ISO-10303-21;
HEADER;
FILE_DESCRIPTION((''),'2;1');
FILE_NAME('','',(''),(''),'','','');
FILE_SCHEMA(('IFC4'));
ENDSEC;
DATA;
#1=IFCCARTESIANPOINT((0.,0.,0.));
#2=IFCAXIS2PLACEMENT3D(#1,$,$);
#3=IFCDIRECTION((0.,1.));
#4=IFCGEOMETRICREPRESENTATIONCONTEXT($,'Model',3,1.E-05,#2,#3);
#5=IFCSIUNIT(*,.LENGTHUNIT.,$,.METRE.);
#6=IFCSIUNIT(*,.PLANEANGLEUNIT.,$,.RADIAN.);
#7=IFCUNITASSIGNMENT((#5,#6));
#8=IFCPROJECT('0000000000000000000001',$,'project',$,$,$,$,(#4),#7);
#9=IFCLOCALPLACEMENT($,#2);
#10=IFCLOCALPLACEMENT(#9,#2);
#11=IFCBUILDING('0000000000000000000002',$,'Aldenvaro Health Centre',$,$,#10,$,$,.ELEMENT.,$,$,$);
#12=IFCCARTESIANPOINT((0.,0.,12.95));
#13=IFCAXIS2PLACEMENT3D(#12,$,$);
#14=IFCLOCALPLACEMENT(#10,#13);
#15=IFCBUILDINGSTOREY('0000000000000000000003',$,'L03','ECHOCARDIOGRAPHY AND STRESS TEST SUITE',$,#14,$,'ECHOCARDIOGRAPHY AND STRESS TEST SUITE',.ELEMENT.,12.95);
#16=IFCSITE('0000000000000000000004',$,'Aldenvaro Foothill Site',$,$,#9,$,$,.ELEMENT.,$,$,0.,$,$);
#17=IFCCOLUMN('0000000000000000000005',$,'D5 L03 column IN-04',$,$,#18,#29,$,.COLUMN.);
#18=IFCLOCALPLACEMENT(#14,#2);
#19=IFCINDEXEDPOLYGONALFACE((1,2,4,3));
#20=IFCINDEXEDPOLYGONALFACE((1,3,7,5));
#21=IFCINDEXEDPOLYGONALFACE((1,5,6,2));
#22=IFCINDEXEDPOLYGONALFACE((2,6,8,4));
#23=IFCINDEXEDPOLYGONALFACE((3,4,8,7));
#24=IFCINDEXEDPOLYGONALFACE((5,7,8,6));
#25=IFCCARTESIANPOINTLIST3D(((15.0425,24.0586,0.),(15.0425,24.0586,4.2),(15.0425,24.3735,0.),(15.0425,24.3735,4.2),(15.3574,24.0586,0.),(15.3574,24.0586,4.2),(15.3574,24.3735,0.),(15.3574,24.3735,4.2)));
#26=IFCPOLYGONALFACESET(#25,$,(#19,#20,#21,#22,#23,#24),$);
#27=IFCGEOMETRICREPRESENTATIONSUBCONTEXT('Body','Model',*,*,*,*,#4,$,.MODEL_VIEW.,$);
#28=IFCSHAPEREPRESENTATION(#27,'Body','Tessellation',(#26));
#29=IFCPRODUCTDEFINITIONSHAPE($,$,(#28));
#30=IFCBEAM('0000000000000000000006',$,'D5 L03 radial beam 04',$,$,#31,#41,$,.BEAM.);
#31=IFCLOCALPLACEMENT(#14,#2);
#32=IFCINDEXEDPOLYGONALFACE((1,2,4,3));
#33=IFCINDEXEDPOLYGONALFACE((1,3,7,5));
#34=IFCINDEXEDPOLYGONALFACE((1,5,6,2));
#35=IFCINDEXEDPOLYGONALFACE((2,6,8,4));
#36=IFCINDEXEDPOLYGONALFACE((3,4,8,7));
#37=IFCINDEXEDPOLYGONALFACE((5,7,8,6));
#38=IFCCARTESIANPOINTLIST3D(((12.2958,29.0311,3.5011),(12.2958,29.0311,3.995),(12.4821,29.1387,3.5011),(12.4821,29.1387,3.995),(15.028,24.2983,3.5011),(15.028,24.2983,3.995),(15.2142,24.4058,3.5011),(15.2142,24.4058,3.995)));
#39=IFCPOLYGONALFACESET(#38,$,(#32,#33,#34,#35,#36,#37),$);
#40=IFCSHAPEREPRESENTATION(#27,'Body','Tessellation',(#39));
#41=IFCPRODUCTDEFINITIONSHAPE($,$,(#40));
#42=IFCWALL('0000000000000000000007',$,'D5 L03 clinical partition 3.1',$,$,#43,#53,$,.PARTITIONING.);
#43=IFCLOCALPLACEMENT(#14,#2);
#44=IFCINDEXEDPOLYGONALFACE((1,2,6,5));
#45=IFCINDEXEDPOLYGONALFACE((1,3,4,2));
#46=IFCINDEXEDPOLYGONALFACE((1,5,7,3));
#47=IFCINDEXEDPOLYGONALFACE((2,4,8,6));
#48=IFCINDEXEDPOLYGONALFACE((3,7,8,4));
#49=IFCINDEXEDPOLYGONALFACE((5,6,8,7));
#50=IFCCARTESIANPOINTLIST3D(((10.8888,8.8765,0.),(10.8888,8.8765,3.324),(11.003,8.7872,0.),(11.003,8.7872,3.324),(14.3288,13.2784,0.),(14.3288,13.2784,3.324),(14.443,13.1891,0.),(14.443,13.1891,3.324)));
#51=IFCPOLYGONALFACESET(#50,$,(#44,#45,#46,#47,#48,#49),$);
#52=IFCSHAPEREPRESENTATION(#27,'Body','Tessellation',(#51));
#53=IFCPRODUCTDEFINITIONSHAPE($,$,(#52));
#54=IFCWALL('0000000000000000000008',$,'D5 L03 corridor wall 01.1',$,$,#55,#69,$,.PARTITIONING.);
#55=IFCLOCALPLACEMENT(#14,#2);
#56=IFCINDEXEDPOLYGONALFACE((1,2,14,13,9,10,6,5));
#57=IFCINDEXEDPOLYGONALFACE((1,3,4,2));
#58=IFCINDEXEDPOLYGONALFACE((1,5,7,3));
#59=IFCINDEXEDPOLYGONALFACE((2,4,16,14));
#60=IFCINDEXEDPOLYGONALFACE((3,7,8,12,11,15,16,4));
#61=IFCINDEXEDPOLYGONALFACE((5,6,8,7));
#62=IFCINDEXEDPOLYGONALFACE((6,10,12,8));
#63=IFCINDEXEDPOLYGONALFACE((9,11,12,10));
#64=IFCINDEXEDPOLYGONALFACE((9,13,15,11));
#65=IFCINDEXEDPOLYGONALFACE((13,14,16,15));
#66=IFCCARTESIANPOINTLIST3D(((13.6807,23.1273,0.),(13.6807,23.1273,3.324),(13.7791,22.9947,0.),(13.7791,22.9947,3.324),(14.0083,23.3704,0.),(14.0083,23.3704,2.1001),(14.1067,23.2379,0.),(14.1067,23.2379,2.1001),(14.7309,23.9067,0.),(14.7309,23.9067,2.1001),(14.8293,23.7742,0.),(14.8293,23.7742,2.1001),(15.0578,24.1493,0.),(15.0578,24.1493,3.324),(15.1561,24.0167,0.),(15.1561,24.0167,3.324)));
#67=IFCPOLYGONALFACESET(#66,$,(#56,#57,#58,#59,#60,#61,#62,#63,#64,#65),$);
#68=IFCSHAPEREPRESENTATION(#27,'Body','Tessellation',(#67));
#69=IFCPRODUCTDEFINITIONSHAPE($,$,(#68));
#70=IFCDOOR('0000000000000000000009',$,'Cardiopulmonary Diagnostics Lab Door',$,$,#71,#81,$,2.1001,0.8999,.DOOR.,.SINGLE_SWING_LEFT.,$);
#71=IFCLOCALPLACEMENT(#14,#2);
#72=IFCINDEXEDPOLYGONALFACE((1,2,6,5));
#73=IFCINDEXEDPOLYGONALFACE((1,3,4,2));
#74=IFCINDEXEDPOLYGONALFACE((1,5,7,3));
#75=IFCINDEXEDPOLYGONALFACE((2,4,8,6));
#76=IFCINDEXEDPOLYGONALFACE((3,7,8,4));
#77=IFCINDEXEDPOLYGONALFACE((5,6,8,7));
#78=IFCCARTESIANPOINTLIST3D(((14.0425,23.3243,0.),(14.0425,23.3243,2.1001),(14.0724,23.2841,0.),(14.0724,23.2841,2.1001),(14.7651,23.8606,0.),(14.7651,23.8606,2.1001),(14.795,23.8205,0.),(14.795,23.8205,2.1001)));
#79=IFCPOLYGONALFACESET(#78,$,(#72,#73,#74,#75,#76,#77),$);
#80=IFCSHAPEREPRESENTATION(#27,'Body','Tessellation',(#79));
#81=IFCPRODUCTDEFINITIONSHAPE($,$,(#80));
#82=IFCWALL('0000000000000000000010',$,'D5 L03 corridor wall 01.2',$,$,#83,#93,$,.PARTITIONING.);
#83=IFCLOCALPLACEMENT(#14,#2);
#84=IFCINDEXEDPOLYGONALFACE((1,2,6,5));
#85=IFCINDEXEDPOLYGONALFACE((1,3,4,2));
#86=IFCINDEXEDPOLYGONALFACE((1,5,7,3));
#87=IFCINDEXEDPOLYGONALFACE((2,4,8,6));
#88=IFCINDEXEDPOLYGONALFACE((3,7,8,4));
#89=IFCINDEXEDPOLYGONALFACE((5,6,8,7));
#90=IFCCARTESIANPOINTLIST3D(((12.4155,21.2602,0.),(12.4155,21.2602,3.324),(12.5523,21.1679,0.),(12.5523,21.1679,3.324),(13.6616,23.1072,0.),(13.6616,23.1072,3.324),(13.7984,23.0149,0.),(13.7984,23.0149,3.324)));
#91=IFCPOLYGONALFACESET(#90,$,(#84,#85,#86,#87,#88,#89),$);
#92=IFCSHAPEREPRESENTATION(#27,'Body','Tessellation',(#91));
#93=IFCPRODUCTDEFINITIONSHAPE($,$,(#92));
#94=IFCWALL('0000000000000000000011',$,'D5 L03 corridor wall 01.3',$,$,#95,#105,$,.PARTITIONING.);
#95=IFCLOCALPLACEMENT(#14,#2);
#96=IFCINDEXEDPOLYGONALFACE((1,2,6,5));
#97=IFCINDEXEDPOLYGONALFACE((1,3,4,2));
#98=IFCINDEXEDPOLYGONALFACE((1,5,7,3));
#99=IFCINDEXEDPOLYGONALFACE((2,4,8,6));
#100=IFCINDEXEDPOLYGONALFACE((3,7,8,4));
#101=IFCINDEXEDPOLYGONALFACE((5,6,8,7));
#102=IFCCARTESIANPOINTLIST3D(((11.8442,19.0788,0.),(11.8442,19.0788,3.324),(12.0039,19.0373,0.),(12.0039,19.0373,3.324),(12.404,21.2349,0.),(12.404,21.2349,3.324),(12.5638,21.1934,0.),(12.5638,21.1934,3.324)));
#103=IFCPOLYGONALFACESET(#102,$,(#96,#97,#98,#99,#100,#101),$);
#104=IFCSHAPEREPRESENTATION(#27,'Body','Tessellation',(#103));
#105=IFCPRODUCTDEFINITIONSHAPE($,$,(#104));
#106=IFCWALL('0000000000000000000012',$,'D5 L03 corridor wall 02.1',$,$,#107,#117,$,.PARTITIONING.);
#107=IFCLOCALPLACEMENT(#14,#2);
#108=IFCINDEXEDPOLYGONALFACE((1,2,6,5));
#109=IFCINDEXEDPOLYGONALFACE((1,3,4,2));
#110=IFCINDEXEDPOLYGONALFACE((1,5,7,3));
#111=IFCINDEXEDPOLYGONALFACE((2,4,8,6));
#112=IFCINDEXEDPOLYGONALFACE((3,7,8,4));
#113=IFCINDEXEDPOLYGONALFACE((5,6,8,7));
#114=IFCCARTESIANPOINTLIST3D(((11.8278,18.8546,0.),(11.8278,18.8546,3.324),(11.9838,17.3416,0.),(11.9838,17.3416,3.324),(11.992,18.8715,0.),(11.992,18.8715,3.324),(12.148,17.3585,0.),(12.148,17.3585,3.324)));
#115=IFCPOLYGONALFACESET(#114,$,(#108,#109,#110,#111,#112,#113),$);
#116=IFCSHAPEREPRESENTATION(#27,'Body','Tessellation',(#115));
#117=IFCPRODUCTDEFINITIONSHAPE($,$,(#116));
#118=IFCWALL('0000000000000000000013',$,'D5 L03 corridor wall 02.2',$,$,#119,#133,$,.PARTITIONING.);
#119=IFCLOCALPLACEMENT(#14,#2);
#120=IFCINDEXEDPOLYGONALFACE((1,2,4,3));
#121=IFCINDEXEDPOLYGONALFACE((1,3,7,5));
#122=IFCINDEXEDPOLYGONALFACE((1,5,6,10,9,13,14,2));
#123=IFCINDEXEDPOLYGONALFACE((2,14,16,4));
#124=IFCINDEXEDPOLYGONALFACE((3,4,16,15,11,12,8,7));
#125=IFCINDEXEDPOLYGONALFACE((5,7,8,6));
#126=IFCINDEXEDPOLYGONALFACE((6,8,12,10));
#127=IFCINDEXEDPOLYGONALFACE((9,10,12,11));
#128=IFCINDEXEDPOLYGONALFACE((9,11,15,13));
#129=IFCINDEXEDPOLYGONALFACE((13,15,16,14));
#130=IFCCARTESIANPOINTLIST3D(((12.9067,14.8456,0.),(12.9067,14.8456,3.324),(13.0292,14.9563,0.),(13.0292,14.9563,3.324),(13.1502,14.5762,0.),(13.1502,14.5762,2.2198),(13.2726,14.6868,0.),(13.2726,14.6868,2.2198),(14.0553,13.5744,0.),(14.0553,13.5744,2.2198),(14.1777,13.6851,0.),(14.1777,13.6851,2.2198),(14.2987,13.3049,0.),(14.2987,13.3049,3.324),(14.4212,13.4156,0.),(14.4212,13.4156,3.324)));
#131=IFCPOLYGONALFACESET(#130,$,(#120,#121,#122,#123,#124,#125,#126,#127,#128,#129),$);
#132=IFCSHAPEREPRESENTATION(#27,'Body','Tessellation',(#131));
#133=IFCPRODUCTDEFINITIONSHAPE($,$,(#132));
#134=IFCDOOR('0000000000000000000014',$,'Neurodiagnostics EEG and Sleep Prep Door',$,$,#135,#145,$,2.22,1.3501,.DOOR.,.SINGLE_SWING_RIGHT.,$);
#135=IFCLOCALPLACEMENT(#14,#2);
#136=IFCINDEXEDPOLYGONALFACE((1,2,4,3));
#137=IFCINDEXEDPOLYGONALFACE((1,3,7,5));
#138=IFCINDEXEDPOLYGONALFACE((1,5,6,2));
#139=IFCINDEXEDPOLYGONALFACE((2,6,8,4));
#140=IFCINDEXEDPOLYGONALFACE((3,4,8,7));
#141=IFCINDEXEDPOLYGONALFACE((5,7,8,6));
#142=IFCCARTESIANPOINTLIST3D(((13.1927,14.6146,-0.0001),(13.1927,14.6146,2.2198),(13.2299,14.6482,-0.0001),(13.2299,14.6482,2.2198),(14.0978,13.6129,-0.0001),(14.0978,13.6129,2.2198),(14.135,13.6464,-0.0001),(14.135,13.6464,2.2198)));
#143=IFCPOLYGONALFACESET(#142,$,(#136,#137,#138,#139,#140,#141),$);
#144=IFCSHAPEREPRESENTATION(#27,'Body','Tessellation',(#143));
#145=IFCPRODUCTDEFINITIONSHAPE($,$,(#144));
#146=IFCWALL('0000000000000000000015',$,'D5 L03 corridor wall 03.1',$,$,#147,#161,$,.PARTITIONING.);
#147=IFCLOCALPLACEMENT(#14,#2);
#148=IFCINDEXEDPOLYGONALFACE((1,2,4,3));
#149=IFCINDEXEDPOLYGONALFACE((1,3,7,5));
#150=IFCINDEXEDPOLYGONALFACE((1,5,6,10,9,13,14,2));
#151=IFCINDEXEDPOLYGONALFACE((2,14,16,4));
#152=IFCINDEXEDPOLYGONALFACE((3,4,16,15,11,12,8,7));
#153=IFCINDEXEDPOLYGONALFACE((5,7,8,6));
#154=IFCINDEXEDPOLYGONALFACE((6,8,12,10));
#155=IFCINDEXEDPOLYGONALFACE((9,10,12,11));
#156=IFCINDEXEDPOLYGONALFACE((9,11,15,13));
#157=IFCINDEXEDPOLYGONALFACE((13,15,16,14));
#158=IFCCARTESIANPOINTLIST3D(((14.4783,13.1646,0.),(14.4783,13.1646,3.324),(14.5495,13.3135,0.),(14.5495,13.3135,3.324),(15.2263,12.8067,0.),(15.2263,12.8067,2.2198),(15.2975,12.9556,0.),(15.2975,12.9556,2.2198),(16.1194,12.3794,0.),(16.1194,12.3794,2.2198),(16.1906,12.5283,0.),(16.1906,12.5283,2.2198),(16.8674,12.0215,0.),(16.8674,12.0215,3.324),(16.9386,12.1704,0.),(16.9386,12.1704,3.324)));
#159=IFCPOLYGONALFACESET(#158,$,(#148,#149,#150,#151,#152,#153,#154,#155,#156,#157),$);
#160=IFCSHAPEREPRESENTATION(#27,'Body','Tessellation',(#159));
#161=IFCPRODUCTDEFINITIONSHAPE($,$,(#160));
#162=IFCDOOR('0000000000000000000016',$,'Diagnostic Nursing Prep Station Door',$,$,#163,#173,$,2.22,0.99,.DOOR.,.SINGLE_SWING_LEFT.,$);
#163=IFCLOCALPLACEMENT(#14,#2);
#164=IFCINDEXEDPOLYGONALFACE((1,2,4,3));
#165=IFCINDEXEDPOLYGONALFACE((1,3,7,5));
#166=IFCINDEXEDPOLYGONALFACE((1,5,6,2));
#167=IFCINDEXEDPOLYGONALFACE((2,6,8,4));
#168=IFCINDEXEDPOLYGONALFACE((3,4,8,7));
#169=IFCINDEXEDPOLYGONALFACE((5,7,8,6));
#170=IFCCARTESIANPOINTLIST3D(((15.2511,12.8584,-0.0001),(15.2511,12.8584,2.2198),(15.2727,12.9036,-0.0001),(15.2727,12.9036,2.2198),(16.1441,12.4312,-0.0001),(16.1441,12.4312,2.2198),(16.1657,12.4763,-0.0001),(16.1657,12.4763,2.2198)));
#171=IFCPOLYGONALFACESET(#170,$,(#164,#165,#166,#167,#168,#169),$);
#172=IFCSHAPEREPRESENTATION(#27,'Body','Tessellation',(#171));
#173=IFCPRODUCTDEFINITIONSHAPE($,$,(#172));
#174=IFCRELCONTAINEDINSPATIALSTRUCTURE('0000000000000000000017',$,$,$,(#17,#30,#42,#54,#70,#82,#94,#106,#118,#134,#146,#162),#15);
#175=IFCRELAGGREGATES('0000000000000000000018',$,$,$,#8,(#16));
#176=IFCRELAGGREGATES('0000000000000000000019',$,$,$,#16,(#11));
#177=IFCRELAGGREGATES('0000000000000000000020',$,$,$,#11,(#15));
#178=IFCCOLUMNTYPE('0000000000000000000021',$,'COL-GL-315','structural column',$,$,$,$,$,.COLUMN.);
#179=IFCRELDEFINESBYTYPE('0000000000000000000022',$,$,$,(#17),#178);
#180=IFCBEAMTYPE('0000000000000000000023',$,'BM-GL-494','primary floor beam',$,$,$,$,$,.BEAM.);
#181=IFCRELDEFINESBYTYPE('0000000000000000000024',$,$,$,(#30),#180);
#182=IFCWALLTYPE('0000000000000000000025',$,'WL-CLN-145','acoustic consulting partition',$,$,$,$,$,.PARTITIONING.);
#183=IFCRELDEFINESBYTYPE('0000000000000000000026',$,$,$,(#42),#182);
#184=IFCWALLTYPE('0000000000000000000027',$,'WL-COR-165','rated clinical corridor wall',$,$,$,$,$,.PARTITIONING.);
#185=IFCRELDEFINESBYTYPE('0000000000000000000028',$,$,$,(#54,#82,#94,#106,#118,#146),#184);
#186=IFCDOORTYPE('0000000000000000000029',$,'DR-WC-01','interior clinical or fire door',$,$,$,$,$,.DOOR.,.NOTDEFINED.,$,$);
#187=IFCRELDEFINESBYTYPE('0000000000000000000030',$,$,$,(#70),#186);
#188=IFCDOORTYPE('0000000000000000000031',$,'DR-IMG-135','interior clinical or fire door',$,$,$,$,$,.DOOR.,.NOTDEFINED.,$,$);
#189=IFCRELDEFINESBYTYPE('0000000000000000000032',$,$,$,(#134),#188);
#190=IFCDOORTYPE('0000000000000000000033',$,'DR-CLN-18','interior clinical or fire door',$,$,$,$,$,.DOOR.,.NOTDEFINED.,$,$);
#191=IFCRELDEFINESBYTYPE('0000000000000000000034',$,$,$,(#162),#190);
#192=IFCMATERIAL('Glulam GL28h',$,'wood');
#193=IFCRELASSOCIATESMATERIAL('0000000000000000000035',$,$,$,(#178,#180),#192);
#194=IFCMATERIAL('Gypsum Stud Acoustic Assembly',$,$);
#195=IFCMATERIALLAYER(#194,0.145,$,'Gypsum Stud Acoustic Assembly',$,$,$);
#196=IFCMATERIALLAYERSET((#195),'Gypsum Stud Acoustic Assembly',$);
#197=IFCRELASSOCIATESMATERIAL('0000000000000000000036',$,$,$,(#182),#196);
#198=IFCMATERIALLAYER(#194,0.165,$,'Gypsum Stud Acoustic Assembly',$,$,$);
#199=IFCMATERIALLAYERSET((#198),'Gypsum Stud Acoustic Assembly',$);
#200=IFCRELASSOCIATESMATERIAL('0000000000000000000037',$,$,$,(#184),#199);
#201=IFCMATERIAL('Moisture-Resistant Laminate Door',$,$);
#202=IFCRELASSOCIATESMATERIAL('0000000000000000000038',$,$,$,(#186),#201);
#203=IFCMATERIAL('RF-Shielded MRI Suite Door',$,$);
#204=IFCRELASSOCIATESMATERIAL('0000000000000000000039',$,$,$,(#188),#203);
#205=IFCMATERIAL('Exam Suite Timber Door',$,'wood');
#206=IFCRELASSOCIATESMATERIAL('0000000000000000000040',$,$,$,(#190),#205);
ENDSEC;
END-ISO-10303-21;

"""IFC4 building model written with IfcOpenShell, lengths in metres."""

from ifc_helpers import new_model, si_unit, direction, frame, frame_2d, origin, origin_2d, place, context, subcontext, project, spatial, rectangle, extrude, material, layer, layer_set, material_profile, profile_set, type_object, element, fill, save


model = new_model("IFC4")

# Units and contexts
model_context = context("Model", 3, precision=1e-05, world=origin(), true_north=direction((0.0, 1.0)))
body_context = subcontext(model_context, "Body", "Model", "MODEL_VIEW")
ifc_project = project(units=[si_unit("LENGTHUNIT", "METRE"), si_unit("PLANEANGLEUNIT", "RADIAN")], contexts=[model_context])

# Site, building, storey
site_placement = place(None, origin())
site = spatial("IfcSite", under=ifc_project, at=site_placement, Name="Aldenvaro Foothill Site", CompositionType="ELEMENT", RefElevation=0.0)
building_placement = place(site_placement, origin())
building = spatial("IfcBuilding", under=site, at=building_placement, Name="Aldenvaro Health Centre", CompositionType="ELEMENT")
storey_placement = place(building_placement, frame((0.0, 0.0, 12.95)))
storey = spatial("IfcBuildingStorey", under=building, at=storey_placement, Name="L03", Description="ECHOCARDIOGRAPHY AND STRESS TEST SUITE", LongName="ECHOCARDIOGRAPHY AND STRESS TEST SUITE", CompositionType="ELEMENT", Elevation=12.95)

# Column
ifc_material_1 = material(Name="Glulam GL28h", Category="wood")
ifc_material_profile_1 = material_profile(ifc_material_1, rectangle(XDim=0.3149, YDim=0.3149, at=origin_2d()), Name="GL 315x315", Category="wood")
ifc_profile_set_1 = profile_set([ifc_material_profile_1], Name="Glulam GL28h")
column_type = type_object("IfcColumnType", Name="COL-GL-315", Description="structural column", PredefinedType="COLUMN", material=ifc_profile_set_1)
column_placement = place(storey_placement, frame((15.2, 24.2161, 0.0), z_axis=(0.0, 0.0, 1.0), x_axis=(1.0, 0.0, 0.0)))
element("IfcColumn", 1, at=column_placement, inside=storey, type_object=column_type, Name="D5 L03 column IN-04", PredefinedType="COLUMN", context=body_context, shape_type="SweptSolid", body=[
    extrude(rectangle(XDim=0.3149, YDim=0.3149, at=origin_2d()), origin(), (0.0, 0.0, 1.0), 4.2),
])

# Beam
ifc_material_profile_2 = material_profile(ifc_material_1, rectangle(XDim=0.2151, YDim=0.4939, at=origin_2d()), Name="GL 215x494", Category="wood")
ifc_profile_set_2 = profile_set([ifc_material_profile_2], Name="Glulam GL28h")
beam_type = type_object("IfcBeamType", Name="BM-GL-494", Description="primary floor beam", PredefinedType="BEAM", material=ifc_profile_set_2)
beam_placement = place(storey_placement, frame((15.1211, 24.3521, 3.748), z_axis=(-0.499949, 0.866055, 0.0), x_axis=(-0.866055, -0.499949, 0.0)))
element("IfcBeam", 2, at=beam_placement, inside=storey, type_object=beam_type, Name="D5 L03 radial beam 04", PredefinedType="BEAM", context=body_context, shape_type="SweptSolid", body=[
    extrude(rectangle(XDim=0.2151, YDim=0.4939, at=origin_2d()), origin(), (0.0, 0.0, 1.0), 5.4648),
])

# Wall
ifc_material_2 = material(Name="Gypsum Stud Acoustic Assembly")
ifc_layer_1 = layer(ifc_material_2, 0.145, Name="Gypsum Stud Acoustic Assembly")
ifc_layer_set_1 = layer_set([ifc_layer_1], Name="Gypsum Stud Acoustic Assembly")
wall_type_1 = type_object("IfcWallType", Name="WL-CLN-145", Description="acoustic consulting partition", PredefinedType="PARTITIONING", material=ifc_layer_set_1)
wall_1_placement = place(storey_placement, frame((14.386, 13.2339, 0.0), z_axis=(0.0, 0.0, 1.0), x_axis=(-0.615754, -0.787938, 0.0)))
element("IfcWall", 3, at=wall_1_placement, inside=storey, type_object=wall_type_1, Name="D5 L03 clinical partition 3.1", PredefinedType="PARTITIONING", context=body_context, shape_type="SweptSolid", body=[
    extrude(rectangle(XDim=5.5867, YDim=0.145, at=frame_2d((2.7935, 0.0))), origin(), (0.0, 0.0, 1.0), 3.324),
])

# Wall, opening, door
ifc_layer_2 = layer(ifc_material_2, 0.165, Name="Gypsum Stud Acoustic Assembly")
ifc_layer_set_2 = layer_set([ifc_layer_2], Name="Gypsum Stud Acoustic Assembly")
wall_type_2 = type_object("IfcWallType", Name="WL-COR-165", Description="rated clinical corridor wall", PredefinedType="PARTITIONING", material=ifc_layer_set_2)
wall_2_placement = place(storey_placement, frame((15.1069, 24.083, 0.0), z_axis=(0.0, 0.0, 1.0), x_axis=(-0.802997, -0.595983, 0.0)))
wall_2 = element("IfcWall", 4, at=wall_2_placement, inside=storey, type_object=wall_type_2, Name="D5 L03 corridor wall 01.1", PredefinedType="PARTITIONING", context=body_context, shape_type="SweptSolid", body=[
    extrude(rectangle(XDim=1.7148, YDim=0.165, at=frame_2d((0.8574, 0.0))), origin(), (0.0, 0.0, 1.0), 3.324),
])
opening_1_placement = place(wall_2_placement, frame((0.407, 0.0, 0.0)))
opening_1 = element("IfcOpeningElement", 5, at=opening_1_placement, cuts=wall_2, PredefinedType="OPENING", context=body_context, shape_type="SweptSolid", body=[
    extrude(rectangle(XDim=0.8999, YDim=2.1001, at=frame_2d((0.45, 1.05))), frame((0.0, 0.0925, 0.0), z_axis=(0.0, -1.0, 0.0), x_axis=(1.0, 0.0, 0.0)), (0.0, 0.0, 1.0), 0.1851),
])
ifc_material_3 = material(Name="Moisture-Resistant Laminate Door")
door_type_1 = type_object("IfcDoorType", Name="DR-WC-01", Description="interior clinical or fire door", OperationType="NOTDEFINED", PredefinedType="DOOR", material=ifc_material_3)
door_1_placement = place(opening_1_placement, origin())
door_1 = element("IfcDoor", 6, at=door_1_placement, inside=storey, type_object=door_type_1, Name="Cardiopulmonary Diagnostics Lab Door", OperationType="SINGLE_SWING_LEFT", OverallHeight=2.1001, OverallWidth=0.8999, PredefinedType="DOOR", context=body_context, shape_type="SweptSolid", body=[
    extrude(rectangle(XDim=0.8999, YDim=2.1001, at=frame_2d((0.45, 1.05))), frame((0.0, 0.0249, 0.0), z_axis=(0.0, -1.0, 0.0), x_axis=(1.0, 0.0, 0.0)), (0.0, 0.0, 1.0), 0.05),
])
fill(opening_1, door_1)

# Walls
wall_3_placement = place(storey_placement, frame((13.73, 23.061, 0.0), z_axis=(0.0, 0.0, 1.0), x_axis=(-0.559294, -0.828969, 0.0)))
element("IfcWall", 7, at=wall_3_placement, inside=storey, type_object=wall_type_2, Name="D5 L03 corridor wall 01.2", PredefinedType="PARTITIONING", context=body_context, shape_type="SweptSolid", body=[
    extrude(rectangle(XDim=2.228, YDim=0.165, at=frame_2d((1.114, 0.0))), origin(), (0.0, 0.0, 1.0), 3.324),
])
wall_4_placement = place(storey_placement, frame((12.4839, 21.2141, 0.0), z_axis=(0.0, 0.0, 1.0), x_axis=(-0.25132, -0.967904, 0.0)))
element("IfcWall", 8, at=wall_4_placement, inside=storey, type_object=wall_type_2, Name="D5 L03 corridor wall 01.3", PredefinedType="PARTITIONING", context=body_context, shape_type="SweptSolid", body=[
    extrude(rectangle(XDim=2.2275, YDim=0.165, at=frame_2d((1.1138, 0.0))), origin(), (0.0, 0.0, 1.0), 3.324),
])
wall_5_placement = place(storey_placement, frame((11.9099, 18.863, 0.0), z_axis=(0.0, 0.0, 1.0), x_axis=(0.102571, -0.994726, 0.0)))
element("IfcWall", 9, at=wall_5_placement, inside=storey, type_object=wall_type_2, Name="D5 L03 corridor wall 02.1", PredefinedType="PARTITIONING", context=body_context, shape_type="SweptSolid", body=[
    extrude(rectangle(XDim=1.521, YDim=0.165, at=frame_2d((0.7605, 0.0))), origin(), (0.0, 0.0, 1.0), 3.324),
])

# Walls, openings, doors
wall_6_placement = place(storey_placement, frame((12.968, 14.9009, 0.0), z_axis=(0.0, 0.0, 1.0), x_axis=(0.670399, -0.742001, 0.0)))
wall_6 = element("IfcWall", 10, at=wall_6_placement, inside=storey, type_object=wall_type_2, Name="D5 L03 corridor wall 02.2", PredefinedType="PARTITIONING", context=body_context, shape_type="SweptSolid", body=[
    extrude(rectangle(XDim=2.0764, YDim=0.165, at=frame_2d((1.0381, 0.0))), origin(), (0.0, 0.0, 1.0), 3.324),
])
opening_2_placement = place(wall_6_placement, frame((0.363, 0.0, 0.0)))
opening_2 = element("IfcOpeningElement", 11, at=opening_2_placement, cuts=wall_6, PredefinedType="OPENING", context=body_context, shape_type="SweptSolid", body=[
    extrude(rectangle(XDim=1.3501, YDim=2.22, at=frame_2d((0.675, 1.1099))), frame((0.0, 0.0925, 0.0), z_axis=(0.0, -1.0, 0.0), x_axis=(1.0, 0.0, 0.0)), (0.0, 0.0, 1.0), 0.1851),
])
ifc_material_4 = material(Name="RF-Shielded MRI Suite Door")
door_type_2 = type_object("IfcDoorType", Name="DR-IMG-135", Description="interior clinical or fire door", OperationType="NOTDEFINED", PredefinedType="DOOR", material=ifc_material_4)
door_2_placement = place(opening_2_placement, origin())
door_2 = element("IfcDoor", 12, at=door_2_placement, inside=storey, type_object=door_type_2, Name="Neurodiagnostics EEG and Sleep Prep Door", OperationType="SINGLE_SWING_RIGHT", OverallHeight=2.22, OverallWidth=1.3501, PredefinedType="DOOR", context=body_context, shape_type="SweptSolid", body=[
    extrude(rectangle(XDim=1.3501, YDim=2.22, at=frame_2d((0.675, 1.1099))), frame((0.0, 0.0249, 0.0), z_axis=(0.0, -1.0, 0.0), x_axis=(1.0, 0.0, 0.0)), (0.0, 0.0, 1.0), 0.05),
])
fill(opening_2, door_2)
wall_7_placement = place(storey_placement, frame((14.5139, 13.239, 0.0), z_axis=(0.0, 0.0, 1.0), x_axis=(0.902072, -0.431586, 0.0)))
wall_7 = element("IfcWall", 13, at=wall_7_placement, inside=storey, type_object=wall_type_2, Name="D5 L03 corridor wall 03.1", PredefinedType="PARTITIONING", context=body_context, shape_type="SweptSolid", body=[
    extrude(rectangle(XDim=2.6484, YDim=0.165, at=frame_2d((1.3242, 0.0))), origin(), (0.0, 0.0, 1.0), 3.324),
])
opening_3_placement = place(wall_7_placement, frame((0.8291, 0.0, 0.0)))
opening_3 = element("IfcOpeningElement", 14, at=opening_3_placement, cuts=wall_7, PredefinedType="OPENING", context=body_context, shape_type="SweptSolid", body=[
    extrude(rectangle(XDim=0.99, YDim=2.22, at=frame_2d((0.4951, 1.1099))), frame((0.0, 0.0925, 0.0), z_axis=(0.0, -1.0, 0.0), x_axis=(1.0, 0.0, 0.0)), (0.0, 0.0, 1.0), 0.1851),
])
ifc_material_5 = material(Name="Exam Suite Timber Door", Category="wood")
door_type_3 = type_object("IfcDoorType", Name="DR-CLN-18", Description="interior clinical or fire door", OperationType="NOTDEFINED", PredefinedType="DOOR", material=ifc_material_5)
door_3_placement = place(opening_3_placement, origin())
door_3 = element("IfcDoor", 15, at=door_3_placement, inside=storey, type_object=door_type_3, Name="Diagnostic Nursing Prep Station Door", OperationType="SINGLE_SWING_LEFT", OverallHeight=2.22, OverallWidth=0.99, PredefinedType="DOOR", context=body_context, shape_type="SweptSolid", body=[
    extrude(rectangle(XDim=0.99, YDim=2.22, at=frame_2d((0.4951, 1.1099))), frame((0.0, 0.0249, 0.0), z_axis=(0.0, -1.0, 0.0), x_axis=(1.0, 0.0, 0.0)), (0.0, 0.0, 1.0), 0.05),
])
fill(opening_3, door_3)

save(model, "model.ifc")
